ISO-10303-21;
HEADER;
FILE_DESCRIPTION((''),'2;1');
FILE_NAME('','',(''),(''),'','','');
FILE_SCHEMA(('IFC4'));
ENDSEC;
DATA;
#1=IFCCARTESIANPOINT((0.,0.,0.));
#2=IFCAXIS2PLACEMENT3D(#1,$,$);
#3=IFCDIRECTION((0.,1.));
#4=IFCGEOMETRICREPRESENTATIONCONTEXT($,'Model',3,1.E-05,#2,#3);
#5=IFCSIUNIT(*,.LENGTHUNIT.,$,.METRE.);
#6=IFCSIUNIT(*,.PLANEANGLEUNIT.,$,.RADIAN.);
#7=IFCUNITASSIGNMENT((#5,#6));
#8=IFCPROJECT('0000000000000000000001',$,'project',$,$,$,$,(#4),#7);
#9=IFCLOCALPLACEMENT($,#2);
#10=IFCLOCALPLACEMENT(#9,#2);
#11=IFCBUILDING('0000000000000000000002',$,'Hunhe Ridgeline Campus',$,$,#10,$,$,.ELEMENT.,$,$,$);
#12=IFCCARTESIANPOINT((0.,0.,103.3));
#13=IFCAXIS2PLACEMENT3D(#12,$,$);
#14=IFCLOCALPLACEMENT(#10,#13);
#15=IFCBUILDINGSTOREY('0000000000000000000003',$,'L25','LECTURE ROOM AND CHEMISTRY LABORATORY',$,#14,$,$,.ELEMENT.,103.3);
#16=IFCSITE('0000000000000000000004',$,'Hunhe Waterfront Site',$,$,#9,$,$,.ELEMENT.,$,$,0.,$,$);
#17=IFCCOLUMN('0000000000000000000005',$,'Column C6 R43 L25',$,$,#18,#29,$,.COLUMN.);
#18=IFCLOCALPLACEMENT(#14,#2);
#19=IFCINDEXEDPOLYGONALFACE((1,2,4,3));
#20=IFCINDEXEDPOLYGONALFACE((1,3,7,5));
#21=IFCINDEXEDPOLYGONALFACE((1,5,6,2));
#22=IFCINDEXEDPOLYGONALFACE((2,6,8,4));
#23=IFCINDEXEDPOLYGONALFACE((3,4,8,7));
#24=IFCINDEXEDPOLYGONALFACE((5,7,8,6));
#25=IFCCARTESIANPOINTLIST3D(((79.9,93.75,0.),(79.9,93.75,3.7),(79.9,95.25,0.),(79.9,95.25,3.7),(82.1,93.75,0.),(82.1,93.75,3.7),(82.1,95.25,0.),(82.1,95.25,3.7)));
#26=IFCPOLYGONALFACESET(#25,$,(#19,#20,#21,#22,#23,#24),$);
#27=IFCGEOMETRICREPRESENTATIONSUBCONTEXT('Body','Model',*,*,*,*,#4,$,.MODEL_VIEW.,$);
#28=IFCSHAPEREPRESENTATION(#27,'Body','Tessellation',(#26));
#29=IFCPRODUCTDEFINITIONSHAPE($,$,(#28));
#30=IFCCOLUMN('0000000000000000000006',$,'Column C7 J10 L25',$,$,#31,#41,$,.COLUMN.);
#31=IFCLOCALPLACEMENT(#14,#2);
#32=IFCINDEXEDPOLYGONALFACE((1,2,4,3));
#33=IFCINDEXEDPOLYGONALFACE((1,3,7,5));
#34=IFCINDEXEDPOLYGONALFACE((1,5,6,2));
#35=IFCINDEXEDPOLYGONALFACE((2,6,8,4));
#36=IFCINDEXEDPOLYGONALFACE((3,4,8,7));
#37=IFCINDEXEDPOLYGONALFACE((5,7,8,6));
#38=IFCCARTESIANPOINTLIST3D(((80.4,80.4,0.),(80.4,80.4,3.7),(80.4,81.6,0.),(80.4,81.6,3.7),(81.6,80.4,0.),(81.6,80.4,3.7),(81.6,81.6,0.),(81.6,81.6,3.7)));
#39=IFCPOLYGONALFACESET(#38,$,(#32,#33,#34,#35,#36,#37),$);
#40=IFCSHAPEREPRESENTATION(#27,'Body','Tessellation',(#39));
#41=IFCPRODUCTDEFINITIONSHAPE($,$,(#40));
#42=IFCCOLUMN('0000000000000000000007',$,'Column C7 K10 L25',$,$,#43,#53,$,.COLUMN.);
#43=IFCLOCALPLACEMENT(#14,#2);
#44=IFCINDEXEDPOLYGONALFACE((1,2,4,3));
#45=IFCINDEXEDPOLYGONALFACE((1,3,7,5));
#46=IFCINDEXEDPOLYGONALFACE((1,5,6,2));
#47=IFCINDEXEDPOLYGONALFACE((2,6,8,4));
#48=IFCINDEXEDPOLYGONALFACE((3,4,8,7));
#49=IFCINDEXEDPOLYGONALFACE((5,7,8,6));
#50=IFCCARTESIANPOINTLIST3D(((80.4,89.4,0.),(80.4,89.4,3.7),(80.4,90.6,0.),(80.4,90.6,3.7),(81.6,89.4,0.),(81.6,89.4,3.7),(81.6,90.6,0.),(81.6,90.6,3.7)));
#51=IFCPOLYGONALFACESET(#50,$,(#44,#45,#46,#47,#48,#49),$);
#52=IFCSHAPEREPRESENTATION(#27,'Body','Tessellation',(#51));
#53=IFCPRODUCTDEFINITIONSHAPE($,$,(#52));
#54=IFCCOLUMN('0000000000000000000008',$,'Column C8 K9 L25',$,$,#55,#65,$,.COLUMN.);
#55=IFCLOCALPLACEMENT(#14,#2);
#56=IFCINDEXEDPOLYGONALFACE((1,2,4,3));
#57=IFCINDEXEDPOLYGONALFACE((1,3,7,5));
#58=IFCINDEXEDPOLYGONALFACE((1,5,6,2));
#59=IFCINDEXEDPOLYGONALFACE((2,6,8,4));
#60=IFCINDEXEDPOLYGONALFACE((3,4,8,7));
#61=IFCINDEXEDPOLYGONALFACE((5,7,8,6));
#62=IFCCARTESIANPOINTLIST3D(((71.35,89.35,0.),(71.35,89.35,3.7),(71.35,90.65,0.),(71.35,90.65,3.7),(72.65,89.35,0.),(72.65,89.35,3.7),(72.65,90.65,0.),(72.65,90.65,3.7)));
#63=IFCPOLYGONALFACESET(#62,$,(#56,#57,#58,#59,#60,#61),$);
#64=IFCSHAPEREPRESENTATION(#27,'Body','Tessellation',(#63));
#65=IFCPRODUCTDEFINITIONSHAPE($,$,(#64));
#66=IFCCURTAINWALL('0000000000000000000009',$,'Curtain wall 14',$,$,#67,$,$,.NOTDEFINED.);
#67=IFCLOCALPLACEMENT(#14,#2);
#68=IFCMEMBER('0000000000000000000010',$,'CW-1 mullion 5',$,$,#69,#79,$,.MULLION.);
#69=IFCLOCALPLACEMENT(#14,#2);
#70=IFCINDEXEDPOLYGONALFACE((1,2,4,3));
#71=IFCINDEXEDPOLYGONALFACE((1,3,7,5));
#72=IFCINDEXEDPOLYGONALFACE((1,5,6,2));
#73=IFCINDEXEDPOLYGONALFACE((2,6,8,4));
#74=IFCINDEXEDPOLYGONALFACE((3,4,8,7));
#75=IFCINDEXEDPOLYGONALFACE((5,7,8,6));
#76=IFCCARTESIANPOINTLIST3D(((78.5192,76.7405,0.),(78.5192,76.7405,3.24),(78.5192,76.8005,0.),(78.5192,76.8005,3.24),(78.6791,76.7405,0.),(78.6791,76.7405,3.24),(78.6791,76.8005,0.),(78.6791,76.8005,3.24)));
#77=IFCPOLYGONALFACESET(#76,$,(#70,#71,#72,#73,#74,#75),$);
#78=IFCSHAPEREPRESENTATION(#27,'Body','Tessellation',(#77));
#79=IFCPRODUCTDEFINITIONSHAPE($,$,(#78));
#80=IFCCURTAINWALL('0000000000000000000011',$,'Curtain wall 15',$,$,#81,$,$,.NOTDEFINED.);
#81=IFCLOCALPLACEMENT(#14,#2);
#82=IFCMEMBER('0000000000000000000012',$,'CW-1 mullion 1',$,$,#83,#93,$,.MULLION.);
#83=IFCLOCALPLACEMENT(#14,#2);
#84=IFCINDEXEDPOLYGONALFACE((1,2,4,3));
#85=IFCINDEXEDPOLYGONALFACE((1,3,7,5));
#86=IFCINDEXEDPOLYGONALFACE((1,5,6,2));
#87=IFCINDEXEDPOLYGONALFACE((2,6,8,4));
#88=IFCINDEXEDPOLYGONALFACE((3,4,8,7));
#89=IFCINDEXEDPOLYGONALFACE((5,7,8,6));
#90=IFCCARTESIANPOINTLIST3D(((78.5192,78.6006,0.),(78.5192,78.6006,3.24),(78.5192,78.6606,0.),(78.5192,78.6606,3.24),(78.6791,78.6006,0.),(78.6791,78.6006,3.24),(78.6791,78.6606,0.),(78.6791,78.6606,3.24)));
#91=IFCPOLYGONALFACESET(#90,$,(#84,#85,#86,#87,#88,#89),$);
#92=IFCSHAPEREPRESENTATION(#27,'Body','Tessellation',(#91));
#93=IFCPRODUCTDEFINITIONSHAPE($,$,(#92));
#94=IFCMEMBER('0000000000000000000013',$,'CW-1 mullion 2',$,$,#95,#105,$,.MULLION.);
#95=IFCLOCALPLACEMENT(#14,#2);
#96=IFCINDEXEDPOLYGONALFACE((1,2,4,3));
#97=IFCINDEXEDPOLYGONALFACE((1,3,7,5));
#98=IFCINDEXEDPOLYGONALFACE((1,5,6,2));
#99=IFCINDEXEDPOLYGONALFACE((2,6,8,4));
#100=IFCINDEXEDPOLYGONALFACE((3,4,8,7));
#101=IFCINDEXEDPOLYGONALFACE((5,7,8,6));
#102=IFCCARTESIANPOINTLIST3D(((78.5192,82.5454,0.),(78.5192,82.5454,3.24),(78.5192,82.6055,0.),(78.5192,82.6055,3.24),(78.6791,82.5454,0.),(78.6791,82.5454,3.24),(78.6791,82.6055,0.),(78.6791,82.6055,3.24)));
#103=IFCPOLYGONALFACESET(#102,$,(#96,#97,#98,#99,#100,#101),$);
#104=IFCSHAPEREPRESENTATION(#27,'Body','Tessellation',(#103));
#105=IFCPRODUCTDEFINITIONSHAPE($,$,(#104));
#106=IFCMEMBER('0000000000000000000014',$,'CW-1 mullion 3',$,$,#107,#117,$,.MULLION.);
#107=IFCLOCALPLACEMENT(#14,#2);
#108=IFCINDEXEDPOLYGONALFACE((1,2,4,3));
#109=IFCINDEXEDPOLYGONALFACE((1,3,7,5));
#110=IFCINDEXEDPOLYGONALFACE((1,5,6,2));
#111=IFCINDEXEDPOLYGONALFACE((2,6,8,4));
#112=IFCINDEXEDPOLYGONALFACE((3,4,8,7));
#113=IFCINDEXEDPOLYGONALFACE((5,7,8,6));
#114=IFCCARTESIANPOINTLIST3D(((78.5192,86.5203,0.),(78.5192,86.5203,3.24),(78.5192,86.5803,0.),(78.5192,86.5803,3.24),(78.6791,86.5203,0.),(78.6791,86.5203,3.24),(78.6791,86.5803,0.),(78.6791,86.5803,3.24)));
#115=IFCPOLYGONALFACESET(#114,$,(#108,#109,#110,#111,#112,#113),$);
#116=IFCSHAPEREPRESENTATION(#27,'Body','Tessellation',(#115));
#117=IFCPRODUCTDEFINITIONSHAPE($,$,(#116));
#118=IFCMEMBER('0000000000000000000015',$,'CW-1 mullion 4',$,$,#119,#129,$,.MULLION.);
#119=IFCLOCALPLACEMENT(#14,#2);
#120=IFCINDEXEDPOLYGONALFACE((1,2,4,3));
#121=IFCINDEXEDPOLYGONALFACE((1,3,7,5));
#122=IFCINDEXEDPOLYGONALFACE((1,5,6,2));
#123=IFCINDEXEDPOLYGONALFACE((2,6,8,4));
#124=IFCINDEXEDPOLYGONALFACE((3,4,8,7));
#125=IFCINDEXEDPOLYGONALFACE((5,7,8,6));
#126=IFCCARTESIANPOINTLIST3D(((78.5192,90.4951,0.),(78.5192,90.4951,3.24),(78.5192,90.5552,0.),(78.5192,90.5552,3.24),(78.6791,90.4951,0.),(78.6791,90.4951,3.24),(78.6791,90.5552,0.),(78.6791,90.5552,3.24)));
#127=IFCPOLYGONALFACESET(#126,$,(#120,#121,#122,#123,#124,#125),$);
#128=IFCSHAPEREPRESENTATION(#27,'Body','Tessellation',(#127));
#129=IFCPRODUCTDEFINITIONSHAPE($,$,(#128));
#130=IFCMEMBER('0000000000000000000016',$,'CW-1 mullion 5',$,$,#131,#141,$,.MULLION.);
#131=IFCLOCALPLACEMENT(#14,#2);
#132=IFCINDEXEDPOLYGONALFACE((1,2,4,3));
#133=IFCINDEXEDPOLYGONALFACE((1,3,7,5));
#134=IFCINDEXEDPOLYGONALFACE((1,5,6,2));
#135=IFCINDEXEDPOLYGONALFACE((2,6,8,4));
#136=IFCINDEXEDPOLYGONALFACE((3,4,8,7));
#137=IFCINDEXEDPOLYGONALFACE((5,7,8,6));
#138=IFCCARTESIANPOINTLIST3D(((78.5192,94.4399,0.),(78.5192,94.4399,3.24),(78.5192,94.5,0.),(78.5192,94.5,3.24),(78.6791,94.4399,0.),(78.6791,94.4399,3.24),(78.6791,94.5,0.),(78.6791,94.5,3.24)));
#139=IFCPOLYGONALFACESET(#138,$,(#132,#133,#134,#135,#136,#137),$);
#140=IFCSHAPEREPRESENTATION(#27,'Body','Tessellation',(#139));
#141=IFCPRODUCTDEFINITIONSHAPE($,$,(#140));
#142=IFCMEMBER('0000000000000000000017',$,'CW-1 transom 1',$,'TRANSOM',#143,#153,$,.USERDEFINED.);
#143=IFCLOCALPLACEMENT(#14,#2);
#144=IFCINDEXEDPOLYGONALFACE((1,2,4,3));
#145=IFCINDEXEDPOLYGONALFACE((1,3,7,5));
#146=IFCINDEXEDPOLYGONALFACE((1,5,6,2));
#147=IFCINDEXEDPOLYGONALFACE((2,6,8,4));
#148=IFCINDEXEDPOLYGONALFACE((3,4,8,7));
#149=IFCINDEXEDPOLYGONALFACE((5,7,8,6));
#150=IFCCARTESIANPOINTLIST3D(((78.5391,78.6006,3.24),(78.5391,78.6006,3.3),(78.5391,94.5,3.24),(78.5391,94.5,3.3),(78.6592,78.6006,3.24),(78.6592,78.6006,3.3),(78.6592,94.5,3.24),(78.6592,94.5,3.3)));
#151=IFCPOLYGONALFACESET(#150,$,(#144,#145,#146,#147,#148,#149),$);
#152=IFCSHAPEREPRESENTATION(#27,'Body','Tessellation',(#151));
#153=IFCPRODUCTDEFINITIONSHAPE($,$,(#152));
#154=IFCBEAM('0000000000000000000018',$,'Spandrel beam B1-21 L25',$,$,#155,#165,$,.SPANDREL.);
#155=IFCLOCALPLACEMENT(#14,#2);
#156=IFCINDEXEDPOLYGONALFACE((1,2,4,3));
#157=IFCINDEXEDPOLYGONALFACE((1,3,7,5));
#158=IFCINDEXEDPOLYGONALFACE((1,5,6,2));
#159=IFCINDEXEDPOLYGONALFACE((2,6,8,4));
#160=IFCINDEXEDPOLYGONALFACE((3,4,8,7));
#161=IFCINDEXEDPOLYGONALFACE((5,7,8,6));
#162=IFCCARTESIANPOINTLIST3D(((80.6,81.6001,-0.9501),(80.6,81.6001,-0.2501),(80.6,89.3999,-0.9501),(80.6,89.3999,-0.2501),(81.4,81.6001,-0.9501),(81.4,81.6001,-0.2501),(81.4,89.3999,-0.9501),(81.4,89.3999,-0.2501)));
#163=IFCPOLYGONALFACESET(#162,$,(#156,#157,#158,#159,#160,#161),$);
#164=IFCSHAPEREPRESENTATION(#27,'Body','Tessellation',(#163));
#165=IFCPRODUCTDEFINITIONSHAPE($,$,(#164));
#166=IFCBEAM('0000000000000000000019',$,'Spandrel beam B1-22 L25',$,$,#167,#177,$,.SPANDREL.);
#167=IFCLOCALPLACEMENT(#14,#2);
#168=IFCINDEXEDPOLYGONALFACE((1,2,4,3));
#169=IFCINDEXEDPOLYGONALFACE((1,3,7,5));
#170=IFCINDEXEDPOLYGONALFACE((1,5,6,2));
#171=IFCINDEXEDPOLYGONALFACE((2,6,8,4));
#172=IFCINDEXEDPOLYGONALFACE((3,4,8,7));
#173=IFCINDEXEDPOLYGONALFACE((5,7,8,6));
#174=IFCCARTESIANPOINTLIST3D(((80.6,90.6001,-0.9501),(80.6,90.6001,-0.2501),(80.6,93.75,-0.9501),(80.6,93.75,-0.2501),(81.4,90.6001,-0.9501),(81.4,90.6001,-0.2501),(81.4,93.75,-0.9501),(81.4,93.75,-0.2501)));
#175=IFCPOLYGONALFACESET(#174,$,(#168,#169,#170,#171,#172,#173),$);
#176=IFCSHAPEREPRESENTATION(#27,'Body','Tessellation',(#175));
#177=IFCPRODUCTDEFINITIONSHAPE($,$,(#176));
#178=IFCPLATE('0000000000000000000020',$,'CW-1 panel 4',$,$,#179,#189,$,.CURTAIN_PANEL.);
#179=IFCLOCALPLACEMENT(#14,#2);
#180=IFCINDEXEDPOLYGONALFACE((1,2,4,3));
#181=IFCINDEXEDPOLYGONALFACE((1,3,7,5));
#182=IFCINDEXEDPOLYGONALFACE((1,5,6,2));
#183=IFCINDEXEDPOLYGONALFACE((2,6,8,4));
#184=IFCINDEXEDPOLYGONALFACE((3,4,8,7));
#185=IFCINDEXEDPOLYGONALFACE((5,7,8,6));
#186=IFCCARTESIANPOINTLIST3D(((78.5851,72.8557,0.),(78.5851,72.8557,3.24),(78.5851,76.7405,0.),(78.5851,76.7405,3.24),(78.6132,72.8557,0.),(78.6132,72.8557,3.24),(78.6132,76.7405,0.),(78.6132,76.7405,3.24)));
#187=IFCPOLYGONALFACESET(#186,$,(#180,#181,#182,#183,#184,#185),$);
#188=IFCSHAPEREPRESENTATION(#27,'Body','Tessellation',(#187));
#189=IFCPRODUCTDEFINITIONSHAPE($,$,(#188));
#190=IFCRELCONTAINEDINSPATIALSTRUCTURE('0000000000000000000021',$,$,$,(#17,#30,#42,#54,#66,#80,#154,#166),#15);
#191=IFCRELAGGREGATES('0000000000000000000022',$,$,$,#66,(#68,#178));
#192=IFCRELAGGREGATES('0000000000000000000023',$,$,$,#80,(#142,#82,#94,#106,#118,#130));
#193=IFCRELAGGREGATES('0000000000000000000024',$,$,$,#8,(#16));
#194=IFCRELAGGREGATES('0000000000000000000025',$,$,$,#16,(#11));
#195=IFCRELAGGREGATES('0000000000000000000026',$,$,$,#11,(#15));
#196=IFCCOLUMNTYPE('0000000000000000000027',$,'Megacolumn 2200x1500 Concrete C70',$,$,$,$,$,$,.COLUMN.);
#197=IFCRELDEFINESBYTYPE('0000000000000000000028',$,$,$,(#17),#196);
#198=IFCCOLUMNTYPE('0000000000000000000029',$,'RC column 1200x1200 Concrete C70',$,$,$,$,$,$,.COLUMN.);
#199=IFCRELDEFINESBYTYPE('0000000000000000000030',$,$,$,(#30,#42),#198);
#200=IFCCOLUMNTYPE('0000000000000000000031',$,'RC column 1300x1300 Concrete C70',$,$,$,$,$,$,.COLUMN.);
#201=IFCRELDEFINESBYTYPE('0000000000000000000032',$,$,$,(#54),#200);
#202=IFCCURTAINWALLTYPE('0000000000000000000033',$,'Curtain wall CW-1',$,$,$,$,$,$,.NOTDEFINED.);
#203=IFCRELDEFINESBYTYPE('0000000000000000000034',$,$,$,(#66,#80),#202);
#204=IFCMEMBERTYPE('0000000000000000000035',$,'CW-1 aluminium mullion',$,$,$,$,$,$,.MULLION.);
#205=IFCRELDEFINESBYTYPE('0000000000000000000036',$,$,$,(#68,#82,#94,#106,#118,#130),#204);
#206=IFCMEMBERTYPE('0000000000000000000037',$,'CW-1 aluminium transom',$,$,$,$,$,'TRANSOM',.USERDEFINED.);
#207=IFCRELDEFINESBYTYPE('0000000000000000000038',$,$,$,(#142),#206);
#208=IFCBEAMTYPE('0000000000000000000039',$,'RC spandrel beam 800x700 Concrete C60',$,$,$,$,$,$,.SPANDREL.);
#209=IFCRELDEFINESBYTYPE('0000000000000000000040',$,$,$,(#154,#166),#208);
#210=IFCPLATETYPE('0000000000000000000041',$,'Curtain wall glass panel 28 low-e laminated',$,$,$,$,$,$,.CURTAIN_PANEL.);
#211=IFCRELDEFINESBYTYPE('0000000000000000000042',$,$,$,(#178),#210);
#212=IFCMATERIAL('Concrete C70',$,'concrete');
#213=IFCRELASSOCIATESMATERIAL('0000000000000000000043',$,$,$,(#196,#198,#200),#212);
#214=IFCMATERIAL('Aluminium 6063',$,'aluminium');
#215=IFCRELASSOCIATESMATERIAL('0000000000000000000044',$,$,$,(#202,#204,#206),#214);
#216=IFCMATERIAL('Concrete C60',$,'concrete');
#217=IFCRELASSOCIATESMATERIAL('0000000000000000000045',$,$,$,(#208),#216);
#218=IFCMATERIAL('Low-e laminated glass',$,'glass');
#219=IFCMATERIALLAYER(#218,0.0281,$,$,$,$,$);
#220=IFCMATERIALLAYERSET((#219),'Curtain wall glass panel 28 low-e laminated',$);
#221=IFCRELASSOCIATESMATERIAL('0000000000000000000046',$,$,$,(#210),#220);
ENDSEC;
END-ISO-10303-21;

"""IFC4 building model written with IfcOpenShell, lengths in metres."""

from ifc_helpers import new_model, si_unit, direction, frame, origin, origin_2d, place, context, subcontext, project, spatial, rectangle, extrude, material, layer, layer_set, material_profile, profile_set, type_object, element, aggregate, save


model = new_model("IFC4")

# Units and contexts
model_context = context("Model", 3, precision=1e-05, world=origin(), true_north=direction((0.0, 1.0)))
body_context = subcontext(model_context, "Body", "Model", "MODEL_VIEW")
ifc_project = project(units=[si_unit("LENGTHUNIT", "METRE"), si_unit("PLANEANGLEUNIT", "RADIAN")], contexts=[model_context])

# Site, building, storey
site_placement = place(None, origin())
site = spatial("IfcSite", under=ifc_project, at=site_placement, Name="Hunhe Waterfront Site", CompositionType="ELEMENT", RefElevation=0.0)
building_placement = place(site_placement, origin())
building = spatial("IfcBuilding", under=site, at=building_placement, Name="Hunhe Ridgeline Campus", CompositionType="ELEMENT")
storey_placement = place(building_placement, frame((0.0, 0.0, 103.3)))
storey = spatial("IfcBuildingStorey", under=building, at=storey_placement, Name="L25", Description="LECTURE ROOM AND CHEMISTRY LABORATORY", CompositionType="ELEMENT", Elevation=103.3)

# Columns
ifc_material_1 = material(Name="Concrete C70", Category="concrete")
ifc_material_profile_1 = material_profile(ifc_material_1, rectangle(XDim=2.2, YDim=1.5, at=origin_2d()))
ifc_profile_set_1 = profile_set([ifc_material_profile_1], Name="Concrete C70")
column_type_1 = type_object("IfcColumnType", Name="Megacolumn 2200x1500 Concrete C70", PredefinedType="COLUMN", material=ifc_profile_set_1)
column_1_placement = place(storey_placement, frame((81.0, 94.5, 0.0), z_axis=(0.0, 0.0, 1.0), x_axis=(1.0, 0.0, 0.0)))
element("IfcColumn", 1, at=column_1_placement, inside=storey, type_object=column_type_1, Name="Column C6 R43 L25", PredefinedType="COLUMN", context=body_context, shape_type="SweptSolid", body=[
    extrude(rectangle(XDim=2.2, YDim=1.5, at=origin_2d()), origin(), (0.0, 0.0, 1.0), 3.7),
])
ifc_material_profile_2 = material_profile(ifc_material_1, rectangle(XDim=1.2, YDim=1.2, at=origin_2d()))
ifc_profile_set_2 = profile_set([ifc_material_profile_2], Name="Concrete C70")
column_type_2 = type_object("IfcColumnType", Name="RC column 1200x1200 Concrete C70", PredefinedType="COLUMN", material=ifc_profile_set_2)
for number, where, z_axis, x_axis, name in (
    (2, (81.0, 81.0, 0.0), (0.0, 0.0, 1.0), (1.0, 0.0, 0.0), "Column C7 J10 L25"),
    (3, (81.0, 90.0, 0.0), (0.0, 0.0, 1.0), (1.0, 0.0, 0.0), "Column C7 K10 L25"),
):
    element("IfcColumn", number, at=place(storey_placement, frame(where, z_axis=z_axis, x_axis=x_axis)), inside=storey, type_object=column_type_2, Name=name, PredefinedType="COLUMN", context=body_context, shape_type="SweptSolid", body=[
        extrude(rectangle(XDim=1.2, YDim=1.2, at=origin_2d()), origin(), (0.0, 0.0, 1.0), 3.7),
    ])
ifc_material_profile_3 = material_profile(ifc_material_1, rectangle(XDim=1.3, YDim=1.3, at=origin_2d()))
ifc_profile_set_3 = profile_set([ifc_material_profile_3], Name="Concrete C70")
column_type_3 = type_object("IfcColumnType", Name="RC column 1300x1300 Concrete C70", PredefinedType="COLUMN", material=ifc_profile_set_3)
column_2_placement = place(storey_placement, frame((72.0, 90.0, 0.0), z_axis=(0.0, 0.0, 1.0), x_axis=(1.0, 0.0, 0.0)))
element("IfcColumn", 4, at=column_2_placement, inside=storey, type_object=column_type_3, Name="Column C8 K9 L25", PredefinedType="COLUMN", context=body_context, shape_type="SweptSolid", body=[
    extrude(rectangle(XDim=1.3, YDim=1.3, at=origin_2d()), origin(), (0.0, 0.0, 1.0), 3.7),
])

# Curtain wall, member
ifc_material_2 = material(Name="Aluminium 6063", Category="aluminium")
curtain_wall_type = type_object("IfcCurtainWallType", Name="Curtain wall CW-1", PredefinedType="NOTDEFINED", material=ifc_material_2)
curtain_wall_1_placement = place(storey_placement, origin())
curtain_wall_1 = element("IfcCurtainWall", 5, at=curtain_wall_1_placement, inside=storey, type_object=curtain_wall_type, Name="Curtain wall 14", PredefinedType="NOTDEFINED")
ifc_material_profile_4 = material_profile(ifc_material_2, rectangle(XDim=0.1599, YDim=0.0601, at=origin_2d()))
ifc_profile_set_4 = profile_set([ifc_material_profile_4], Name="Aluminium 6063")
member_type_1 = type_object("IfcMemberType", Name="CW-1 aluminium mullion", PredefinedType="MULLION", material=ifc_profile_set_4)
member_1_placement = place(storey_placement, frame((78.5991, 76.7705, 0.0), z_axis=(0.0, 0.0, 1.0), x_axis=(-1.0, 0.0, 0.0)))
member_1 = element("IfcMember", 6, at=member_1_placement, type_object=member_type_1, Name="CW-1 mullion 5", PredefinedType="MULLION", context=body_context, shape_type="SweptSolid", body=[
    extrude(rectangle(XDim=0.1599, YDim=0.0601, at=origin_2d()), origin(), (0.0, 0.0, 1.0), 3.24),
])

# Curtain wall, members
curtain_wall_2_placement = place(storey_placement, origin())
curtain_wall_2 = element("IfcCurtainWall", 7, at=curtain_wall_2_placement, inside=storey, type_object=curtain_wall_type, Name="Curtain wall 15", PredefinedType="NOTDEFINED")
member_2_placement = place(storey_placement, frame((78.5991, 78.6306, 0.0), z_axis=(0.0, 0.0, 1.0), x_axis=(-1.0, 0.0, 0.0)))
member_2 = element("IfcMember", 8, at=member_2_placement, type_object=member_type_1, Name="CW-1 mullion 1", PredefinedType="MULLION", context=body_context, shape_type="SweptSolid", body=[
    extrude(rectangle(XDim=0.1599, YDim=0.0601, at=origin_2d()), origin(), (0.0, 0.0, 1.0), 3.24),
])
member_3_placement = place(storey_placement, frame((78.5991, 82.5754, 0.0), z_axis=(0.0, 0.0, 1.0), x_axis=(-1.0, 0.0, 0.0)))
member_3 = element("IfcMember", 9, at=member_3_placement, type_object=member_type_1, Name="CW-1 mullion 2", PredefinedType="MULLION", context=body_context, shape_type="SweptSolid", body=[
    extrude(rectangle(XDim=0.1599, YDim=0.0601, at=origin_2d()), origin(), (0.0, 0.0, 1.0), 3.24),
])
member_4_placement = place(storey_placement, frame((78.5991, 86.5503, 0.0), z_axis=(0.0, 0.0, 1.0), x_axis=(-1.0, 0.0, 0.0)))
member_4 = element("IfcMember", 10, at=member_4_placement, type_object=member_type_1, Name="CW-1 mullion 3", PredefinedType="MULLION", context=body_context, shape_type="SweptSolid", body=[
    extrude(rectangle(XDim=0.1599, YDim=0.0601, at=origin_2d()), origin(), (0.0, 0.0, 1.0), 3.24),
])
member_5_placement = place(storey_placement, frame((78.5991, 90.5251, 0.0), z_axis=(0.0, 0.0, 1.0), x_axis=(-1.0, 0.0, 0.0)))
member_5 = element("IfcMember", 11, at=member_5_placement, type_object=member_type_1, Name="CW-1 mullion 4", PredefinedType="MULLION", context=body_context, shape_type="SweptSolid", body=[
    extrude(rectangle(XDim=0.1599, YDim=0.0601, at=origin_2d()), origin(), (0.0, 0.0, 1.0), 3.24),
])
member_6_placement = place(storey_placement, frame((78.5991, 94.47, 0.0), z_axis=(0.0, 0.0, 1.0), x_axis=(-1.0, 0.0, 0.0)))
member_6 = element("IfcMember", 12, at=member_6_placement, type_object=member_type_1, Name="CW-1 mullion 5", PredefinedType="MULLION", context=body_context, shape_type="SweptSolid", body=[
    extrude(rectangle(XDim=0.1599, YDim=0.0601, at=origin_2d()), origin(), (0.0, 0.0, 1.0), 3.24),
])
ifc_material_profile_5 = material_profile(ifc_material_2, rectangle(XDim=0.1201, YDim=0.0601, at=origin_2d()))
ifc_profile_set_5 = profile_set([ifc_material_profile_5], Name="Aluminium 6063")
member_type_2 = type_object("IfcMemberType", Name="CW-1 aluminium transom", ElementType="TRANSOM", PredefinedType="USERDEFINED", material=ifc_profile_set_5)
member_7_placement = place(storey_placement, frame((78.5991, 78.6006, 3.27), z_axis=(0.0, 1.0, 0.0), x_axis=(-1.0, 0.0, 0.0)))
member_7 = element("IfcMember", 13, at=member_7_placement, type_object=member_type_2, Name="CW-1 transom 1", ObjectType="TRANSOM", PredefinedType="USERDEFINED", context=body_context, shape_type="SweptSolid", body=[
    extrude(rectangle(XDim=0.1201, YDim=0.0601, at=origin_2d()), origin(), (0.0, 0.0, 1.0), 15.8994),
])

# Beams
ifc_material_3 = material(Name="Concrete C60", Category="concrete")
ifc_material_profile_6 = material_profile(ifc_material_3, rectangle(XDim=0.8, YDim=0.7, at=origin_2d()))
ifc_profile_set_6 = profile_set([ifc_material_profile_6], Name="Concrete C60")
beam_type = type_object("IfcBeamType", Name="RC spandrel beam 800x700 Concrete C60", PredefinedType="SPANDREL", material=ifc_profile_set_6)
beam_1_placement = place(storey_placement, frame((81.0, 81.6001, -0.6001), z_axis=(0.0, 1.0, 0.0), x_axis=(-1.0, 0.0, 0.0)))
element("IfcBeam", 14, at=beam_1_placement, inside=storey, type_object=beam_type, Name="Spandrel beam B1-21 L25", PredefinedType="SPANDREL", context=body_context, shape_type="SweptSolid", body=[
    extrude(rectangle(XDim=0.8, YDim=0.7, at=origin_2d()), origin(), (0.0, 0.0, 1.0), 7.7998),
])
beam_2_placement = place(storey_placement, frame((81.0, 90.6001, -0.6001), z_axis=(0.0, 1.0, 0.0), x_axis=(-1.0, 0.0, 0.0)))
element("IfcBeam", 15, at=beam_2_placement, inside=storey, type_object=beam_type, Name="Spandrel beam B1-22 L25", PredefinedType="SPANDREL", context=body_context, shape_type="SweptSolid", body=[
    extrude(rectangle(XDim=0.8, YDim=0.7, at=origin_2d()), origin(), (0.0, 0.0, 1.0), 3.1499),
])

# Plate
ifc_material_4 = material(Name="Low-e laminated glass", Category="glass")
ifc_layer_1 = layer(ifc_material_4, 0.0281)
ifc_layer_set_1 = layer_set([ifc_layer_1], Name="Curtain wall glass panel 28 low-e laminated")
plate_type = type_object("IfcPlateType", Name="Curtain wall glass panel 28 low-e laminated", PredefinedType="CURTAIN_PANEL", material=ifc_layer_set_1)
plate_1_placement = place(storey_placement, frame((78.5991, 74.7981, 0.0), z_axis=(0.0, 0.0, 1.0), x_axis=(0.0, 1.0, 0.0)))
plate_1 = element("IfcPlate", 16, at=plate_1_placement, type_object=plate_type, Name="CW-1 panel 4", PredefinedType="CURTAIN_PANEL", context=body_context, shape_type="SweptSolid", body=[
    extrude(rectangle(XDim=3.8848, YDim=0.0281, at=origin_2d()), origin(), (0.0, 0.0, 1.0), 3.24),
])
aggregate(curtain_wall_1, [member_1, plate_1])
aggregate(curtain_wall_2, [member_7, member_2, member_3, member_4, member_5, member_6])

save(model, "model.ifc")
